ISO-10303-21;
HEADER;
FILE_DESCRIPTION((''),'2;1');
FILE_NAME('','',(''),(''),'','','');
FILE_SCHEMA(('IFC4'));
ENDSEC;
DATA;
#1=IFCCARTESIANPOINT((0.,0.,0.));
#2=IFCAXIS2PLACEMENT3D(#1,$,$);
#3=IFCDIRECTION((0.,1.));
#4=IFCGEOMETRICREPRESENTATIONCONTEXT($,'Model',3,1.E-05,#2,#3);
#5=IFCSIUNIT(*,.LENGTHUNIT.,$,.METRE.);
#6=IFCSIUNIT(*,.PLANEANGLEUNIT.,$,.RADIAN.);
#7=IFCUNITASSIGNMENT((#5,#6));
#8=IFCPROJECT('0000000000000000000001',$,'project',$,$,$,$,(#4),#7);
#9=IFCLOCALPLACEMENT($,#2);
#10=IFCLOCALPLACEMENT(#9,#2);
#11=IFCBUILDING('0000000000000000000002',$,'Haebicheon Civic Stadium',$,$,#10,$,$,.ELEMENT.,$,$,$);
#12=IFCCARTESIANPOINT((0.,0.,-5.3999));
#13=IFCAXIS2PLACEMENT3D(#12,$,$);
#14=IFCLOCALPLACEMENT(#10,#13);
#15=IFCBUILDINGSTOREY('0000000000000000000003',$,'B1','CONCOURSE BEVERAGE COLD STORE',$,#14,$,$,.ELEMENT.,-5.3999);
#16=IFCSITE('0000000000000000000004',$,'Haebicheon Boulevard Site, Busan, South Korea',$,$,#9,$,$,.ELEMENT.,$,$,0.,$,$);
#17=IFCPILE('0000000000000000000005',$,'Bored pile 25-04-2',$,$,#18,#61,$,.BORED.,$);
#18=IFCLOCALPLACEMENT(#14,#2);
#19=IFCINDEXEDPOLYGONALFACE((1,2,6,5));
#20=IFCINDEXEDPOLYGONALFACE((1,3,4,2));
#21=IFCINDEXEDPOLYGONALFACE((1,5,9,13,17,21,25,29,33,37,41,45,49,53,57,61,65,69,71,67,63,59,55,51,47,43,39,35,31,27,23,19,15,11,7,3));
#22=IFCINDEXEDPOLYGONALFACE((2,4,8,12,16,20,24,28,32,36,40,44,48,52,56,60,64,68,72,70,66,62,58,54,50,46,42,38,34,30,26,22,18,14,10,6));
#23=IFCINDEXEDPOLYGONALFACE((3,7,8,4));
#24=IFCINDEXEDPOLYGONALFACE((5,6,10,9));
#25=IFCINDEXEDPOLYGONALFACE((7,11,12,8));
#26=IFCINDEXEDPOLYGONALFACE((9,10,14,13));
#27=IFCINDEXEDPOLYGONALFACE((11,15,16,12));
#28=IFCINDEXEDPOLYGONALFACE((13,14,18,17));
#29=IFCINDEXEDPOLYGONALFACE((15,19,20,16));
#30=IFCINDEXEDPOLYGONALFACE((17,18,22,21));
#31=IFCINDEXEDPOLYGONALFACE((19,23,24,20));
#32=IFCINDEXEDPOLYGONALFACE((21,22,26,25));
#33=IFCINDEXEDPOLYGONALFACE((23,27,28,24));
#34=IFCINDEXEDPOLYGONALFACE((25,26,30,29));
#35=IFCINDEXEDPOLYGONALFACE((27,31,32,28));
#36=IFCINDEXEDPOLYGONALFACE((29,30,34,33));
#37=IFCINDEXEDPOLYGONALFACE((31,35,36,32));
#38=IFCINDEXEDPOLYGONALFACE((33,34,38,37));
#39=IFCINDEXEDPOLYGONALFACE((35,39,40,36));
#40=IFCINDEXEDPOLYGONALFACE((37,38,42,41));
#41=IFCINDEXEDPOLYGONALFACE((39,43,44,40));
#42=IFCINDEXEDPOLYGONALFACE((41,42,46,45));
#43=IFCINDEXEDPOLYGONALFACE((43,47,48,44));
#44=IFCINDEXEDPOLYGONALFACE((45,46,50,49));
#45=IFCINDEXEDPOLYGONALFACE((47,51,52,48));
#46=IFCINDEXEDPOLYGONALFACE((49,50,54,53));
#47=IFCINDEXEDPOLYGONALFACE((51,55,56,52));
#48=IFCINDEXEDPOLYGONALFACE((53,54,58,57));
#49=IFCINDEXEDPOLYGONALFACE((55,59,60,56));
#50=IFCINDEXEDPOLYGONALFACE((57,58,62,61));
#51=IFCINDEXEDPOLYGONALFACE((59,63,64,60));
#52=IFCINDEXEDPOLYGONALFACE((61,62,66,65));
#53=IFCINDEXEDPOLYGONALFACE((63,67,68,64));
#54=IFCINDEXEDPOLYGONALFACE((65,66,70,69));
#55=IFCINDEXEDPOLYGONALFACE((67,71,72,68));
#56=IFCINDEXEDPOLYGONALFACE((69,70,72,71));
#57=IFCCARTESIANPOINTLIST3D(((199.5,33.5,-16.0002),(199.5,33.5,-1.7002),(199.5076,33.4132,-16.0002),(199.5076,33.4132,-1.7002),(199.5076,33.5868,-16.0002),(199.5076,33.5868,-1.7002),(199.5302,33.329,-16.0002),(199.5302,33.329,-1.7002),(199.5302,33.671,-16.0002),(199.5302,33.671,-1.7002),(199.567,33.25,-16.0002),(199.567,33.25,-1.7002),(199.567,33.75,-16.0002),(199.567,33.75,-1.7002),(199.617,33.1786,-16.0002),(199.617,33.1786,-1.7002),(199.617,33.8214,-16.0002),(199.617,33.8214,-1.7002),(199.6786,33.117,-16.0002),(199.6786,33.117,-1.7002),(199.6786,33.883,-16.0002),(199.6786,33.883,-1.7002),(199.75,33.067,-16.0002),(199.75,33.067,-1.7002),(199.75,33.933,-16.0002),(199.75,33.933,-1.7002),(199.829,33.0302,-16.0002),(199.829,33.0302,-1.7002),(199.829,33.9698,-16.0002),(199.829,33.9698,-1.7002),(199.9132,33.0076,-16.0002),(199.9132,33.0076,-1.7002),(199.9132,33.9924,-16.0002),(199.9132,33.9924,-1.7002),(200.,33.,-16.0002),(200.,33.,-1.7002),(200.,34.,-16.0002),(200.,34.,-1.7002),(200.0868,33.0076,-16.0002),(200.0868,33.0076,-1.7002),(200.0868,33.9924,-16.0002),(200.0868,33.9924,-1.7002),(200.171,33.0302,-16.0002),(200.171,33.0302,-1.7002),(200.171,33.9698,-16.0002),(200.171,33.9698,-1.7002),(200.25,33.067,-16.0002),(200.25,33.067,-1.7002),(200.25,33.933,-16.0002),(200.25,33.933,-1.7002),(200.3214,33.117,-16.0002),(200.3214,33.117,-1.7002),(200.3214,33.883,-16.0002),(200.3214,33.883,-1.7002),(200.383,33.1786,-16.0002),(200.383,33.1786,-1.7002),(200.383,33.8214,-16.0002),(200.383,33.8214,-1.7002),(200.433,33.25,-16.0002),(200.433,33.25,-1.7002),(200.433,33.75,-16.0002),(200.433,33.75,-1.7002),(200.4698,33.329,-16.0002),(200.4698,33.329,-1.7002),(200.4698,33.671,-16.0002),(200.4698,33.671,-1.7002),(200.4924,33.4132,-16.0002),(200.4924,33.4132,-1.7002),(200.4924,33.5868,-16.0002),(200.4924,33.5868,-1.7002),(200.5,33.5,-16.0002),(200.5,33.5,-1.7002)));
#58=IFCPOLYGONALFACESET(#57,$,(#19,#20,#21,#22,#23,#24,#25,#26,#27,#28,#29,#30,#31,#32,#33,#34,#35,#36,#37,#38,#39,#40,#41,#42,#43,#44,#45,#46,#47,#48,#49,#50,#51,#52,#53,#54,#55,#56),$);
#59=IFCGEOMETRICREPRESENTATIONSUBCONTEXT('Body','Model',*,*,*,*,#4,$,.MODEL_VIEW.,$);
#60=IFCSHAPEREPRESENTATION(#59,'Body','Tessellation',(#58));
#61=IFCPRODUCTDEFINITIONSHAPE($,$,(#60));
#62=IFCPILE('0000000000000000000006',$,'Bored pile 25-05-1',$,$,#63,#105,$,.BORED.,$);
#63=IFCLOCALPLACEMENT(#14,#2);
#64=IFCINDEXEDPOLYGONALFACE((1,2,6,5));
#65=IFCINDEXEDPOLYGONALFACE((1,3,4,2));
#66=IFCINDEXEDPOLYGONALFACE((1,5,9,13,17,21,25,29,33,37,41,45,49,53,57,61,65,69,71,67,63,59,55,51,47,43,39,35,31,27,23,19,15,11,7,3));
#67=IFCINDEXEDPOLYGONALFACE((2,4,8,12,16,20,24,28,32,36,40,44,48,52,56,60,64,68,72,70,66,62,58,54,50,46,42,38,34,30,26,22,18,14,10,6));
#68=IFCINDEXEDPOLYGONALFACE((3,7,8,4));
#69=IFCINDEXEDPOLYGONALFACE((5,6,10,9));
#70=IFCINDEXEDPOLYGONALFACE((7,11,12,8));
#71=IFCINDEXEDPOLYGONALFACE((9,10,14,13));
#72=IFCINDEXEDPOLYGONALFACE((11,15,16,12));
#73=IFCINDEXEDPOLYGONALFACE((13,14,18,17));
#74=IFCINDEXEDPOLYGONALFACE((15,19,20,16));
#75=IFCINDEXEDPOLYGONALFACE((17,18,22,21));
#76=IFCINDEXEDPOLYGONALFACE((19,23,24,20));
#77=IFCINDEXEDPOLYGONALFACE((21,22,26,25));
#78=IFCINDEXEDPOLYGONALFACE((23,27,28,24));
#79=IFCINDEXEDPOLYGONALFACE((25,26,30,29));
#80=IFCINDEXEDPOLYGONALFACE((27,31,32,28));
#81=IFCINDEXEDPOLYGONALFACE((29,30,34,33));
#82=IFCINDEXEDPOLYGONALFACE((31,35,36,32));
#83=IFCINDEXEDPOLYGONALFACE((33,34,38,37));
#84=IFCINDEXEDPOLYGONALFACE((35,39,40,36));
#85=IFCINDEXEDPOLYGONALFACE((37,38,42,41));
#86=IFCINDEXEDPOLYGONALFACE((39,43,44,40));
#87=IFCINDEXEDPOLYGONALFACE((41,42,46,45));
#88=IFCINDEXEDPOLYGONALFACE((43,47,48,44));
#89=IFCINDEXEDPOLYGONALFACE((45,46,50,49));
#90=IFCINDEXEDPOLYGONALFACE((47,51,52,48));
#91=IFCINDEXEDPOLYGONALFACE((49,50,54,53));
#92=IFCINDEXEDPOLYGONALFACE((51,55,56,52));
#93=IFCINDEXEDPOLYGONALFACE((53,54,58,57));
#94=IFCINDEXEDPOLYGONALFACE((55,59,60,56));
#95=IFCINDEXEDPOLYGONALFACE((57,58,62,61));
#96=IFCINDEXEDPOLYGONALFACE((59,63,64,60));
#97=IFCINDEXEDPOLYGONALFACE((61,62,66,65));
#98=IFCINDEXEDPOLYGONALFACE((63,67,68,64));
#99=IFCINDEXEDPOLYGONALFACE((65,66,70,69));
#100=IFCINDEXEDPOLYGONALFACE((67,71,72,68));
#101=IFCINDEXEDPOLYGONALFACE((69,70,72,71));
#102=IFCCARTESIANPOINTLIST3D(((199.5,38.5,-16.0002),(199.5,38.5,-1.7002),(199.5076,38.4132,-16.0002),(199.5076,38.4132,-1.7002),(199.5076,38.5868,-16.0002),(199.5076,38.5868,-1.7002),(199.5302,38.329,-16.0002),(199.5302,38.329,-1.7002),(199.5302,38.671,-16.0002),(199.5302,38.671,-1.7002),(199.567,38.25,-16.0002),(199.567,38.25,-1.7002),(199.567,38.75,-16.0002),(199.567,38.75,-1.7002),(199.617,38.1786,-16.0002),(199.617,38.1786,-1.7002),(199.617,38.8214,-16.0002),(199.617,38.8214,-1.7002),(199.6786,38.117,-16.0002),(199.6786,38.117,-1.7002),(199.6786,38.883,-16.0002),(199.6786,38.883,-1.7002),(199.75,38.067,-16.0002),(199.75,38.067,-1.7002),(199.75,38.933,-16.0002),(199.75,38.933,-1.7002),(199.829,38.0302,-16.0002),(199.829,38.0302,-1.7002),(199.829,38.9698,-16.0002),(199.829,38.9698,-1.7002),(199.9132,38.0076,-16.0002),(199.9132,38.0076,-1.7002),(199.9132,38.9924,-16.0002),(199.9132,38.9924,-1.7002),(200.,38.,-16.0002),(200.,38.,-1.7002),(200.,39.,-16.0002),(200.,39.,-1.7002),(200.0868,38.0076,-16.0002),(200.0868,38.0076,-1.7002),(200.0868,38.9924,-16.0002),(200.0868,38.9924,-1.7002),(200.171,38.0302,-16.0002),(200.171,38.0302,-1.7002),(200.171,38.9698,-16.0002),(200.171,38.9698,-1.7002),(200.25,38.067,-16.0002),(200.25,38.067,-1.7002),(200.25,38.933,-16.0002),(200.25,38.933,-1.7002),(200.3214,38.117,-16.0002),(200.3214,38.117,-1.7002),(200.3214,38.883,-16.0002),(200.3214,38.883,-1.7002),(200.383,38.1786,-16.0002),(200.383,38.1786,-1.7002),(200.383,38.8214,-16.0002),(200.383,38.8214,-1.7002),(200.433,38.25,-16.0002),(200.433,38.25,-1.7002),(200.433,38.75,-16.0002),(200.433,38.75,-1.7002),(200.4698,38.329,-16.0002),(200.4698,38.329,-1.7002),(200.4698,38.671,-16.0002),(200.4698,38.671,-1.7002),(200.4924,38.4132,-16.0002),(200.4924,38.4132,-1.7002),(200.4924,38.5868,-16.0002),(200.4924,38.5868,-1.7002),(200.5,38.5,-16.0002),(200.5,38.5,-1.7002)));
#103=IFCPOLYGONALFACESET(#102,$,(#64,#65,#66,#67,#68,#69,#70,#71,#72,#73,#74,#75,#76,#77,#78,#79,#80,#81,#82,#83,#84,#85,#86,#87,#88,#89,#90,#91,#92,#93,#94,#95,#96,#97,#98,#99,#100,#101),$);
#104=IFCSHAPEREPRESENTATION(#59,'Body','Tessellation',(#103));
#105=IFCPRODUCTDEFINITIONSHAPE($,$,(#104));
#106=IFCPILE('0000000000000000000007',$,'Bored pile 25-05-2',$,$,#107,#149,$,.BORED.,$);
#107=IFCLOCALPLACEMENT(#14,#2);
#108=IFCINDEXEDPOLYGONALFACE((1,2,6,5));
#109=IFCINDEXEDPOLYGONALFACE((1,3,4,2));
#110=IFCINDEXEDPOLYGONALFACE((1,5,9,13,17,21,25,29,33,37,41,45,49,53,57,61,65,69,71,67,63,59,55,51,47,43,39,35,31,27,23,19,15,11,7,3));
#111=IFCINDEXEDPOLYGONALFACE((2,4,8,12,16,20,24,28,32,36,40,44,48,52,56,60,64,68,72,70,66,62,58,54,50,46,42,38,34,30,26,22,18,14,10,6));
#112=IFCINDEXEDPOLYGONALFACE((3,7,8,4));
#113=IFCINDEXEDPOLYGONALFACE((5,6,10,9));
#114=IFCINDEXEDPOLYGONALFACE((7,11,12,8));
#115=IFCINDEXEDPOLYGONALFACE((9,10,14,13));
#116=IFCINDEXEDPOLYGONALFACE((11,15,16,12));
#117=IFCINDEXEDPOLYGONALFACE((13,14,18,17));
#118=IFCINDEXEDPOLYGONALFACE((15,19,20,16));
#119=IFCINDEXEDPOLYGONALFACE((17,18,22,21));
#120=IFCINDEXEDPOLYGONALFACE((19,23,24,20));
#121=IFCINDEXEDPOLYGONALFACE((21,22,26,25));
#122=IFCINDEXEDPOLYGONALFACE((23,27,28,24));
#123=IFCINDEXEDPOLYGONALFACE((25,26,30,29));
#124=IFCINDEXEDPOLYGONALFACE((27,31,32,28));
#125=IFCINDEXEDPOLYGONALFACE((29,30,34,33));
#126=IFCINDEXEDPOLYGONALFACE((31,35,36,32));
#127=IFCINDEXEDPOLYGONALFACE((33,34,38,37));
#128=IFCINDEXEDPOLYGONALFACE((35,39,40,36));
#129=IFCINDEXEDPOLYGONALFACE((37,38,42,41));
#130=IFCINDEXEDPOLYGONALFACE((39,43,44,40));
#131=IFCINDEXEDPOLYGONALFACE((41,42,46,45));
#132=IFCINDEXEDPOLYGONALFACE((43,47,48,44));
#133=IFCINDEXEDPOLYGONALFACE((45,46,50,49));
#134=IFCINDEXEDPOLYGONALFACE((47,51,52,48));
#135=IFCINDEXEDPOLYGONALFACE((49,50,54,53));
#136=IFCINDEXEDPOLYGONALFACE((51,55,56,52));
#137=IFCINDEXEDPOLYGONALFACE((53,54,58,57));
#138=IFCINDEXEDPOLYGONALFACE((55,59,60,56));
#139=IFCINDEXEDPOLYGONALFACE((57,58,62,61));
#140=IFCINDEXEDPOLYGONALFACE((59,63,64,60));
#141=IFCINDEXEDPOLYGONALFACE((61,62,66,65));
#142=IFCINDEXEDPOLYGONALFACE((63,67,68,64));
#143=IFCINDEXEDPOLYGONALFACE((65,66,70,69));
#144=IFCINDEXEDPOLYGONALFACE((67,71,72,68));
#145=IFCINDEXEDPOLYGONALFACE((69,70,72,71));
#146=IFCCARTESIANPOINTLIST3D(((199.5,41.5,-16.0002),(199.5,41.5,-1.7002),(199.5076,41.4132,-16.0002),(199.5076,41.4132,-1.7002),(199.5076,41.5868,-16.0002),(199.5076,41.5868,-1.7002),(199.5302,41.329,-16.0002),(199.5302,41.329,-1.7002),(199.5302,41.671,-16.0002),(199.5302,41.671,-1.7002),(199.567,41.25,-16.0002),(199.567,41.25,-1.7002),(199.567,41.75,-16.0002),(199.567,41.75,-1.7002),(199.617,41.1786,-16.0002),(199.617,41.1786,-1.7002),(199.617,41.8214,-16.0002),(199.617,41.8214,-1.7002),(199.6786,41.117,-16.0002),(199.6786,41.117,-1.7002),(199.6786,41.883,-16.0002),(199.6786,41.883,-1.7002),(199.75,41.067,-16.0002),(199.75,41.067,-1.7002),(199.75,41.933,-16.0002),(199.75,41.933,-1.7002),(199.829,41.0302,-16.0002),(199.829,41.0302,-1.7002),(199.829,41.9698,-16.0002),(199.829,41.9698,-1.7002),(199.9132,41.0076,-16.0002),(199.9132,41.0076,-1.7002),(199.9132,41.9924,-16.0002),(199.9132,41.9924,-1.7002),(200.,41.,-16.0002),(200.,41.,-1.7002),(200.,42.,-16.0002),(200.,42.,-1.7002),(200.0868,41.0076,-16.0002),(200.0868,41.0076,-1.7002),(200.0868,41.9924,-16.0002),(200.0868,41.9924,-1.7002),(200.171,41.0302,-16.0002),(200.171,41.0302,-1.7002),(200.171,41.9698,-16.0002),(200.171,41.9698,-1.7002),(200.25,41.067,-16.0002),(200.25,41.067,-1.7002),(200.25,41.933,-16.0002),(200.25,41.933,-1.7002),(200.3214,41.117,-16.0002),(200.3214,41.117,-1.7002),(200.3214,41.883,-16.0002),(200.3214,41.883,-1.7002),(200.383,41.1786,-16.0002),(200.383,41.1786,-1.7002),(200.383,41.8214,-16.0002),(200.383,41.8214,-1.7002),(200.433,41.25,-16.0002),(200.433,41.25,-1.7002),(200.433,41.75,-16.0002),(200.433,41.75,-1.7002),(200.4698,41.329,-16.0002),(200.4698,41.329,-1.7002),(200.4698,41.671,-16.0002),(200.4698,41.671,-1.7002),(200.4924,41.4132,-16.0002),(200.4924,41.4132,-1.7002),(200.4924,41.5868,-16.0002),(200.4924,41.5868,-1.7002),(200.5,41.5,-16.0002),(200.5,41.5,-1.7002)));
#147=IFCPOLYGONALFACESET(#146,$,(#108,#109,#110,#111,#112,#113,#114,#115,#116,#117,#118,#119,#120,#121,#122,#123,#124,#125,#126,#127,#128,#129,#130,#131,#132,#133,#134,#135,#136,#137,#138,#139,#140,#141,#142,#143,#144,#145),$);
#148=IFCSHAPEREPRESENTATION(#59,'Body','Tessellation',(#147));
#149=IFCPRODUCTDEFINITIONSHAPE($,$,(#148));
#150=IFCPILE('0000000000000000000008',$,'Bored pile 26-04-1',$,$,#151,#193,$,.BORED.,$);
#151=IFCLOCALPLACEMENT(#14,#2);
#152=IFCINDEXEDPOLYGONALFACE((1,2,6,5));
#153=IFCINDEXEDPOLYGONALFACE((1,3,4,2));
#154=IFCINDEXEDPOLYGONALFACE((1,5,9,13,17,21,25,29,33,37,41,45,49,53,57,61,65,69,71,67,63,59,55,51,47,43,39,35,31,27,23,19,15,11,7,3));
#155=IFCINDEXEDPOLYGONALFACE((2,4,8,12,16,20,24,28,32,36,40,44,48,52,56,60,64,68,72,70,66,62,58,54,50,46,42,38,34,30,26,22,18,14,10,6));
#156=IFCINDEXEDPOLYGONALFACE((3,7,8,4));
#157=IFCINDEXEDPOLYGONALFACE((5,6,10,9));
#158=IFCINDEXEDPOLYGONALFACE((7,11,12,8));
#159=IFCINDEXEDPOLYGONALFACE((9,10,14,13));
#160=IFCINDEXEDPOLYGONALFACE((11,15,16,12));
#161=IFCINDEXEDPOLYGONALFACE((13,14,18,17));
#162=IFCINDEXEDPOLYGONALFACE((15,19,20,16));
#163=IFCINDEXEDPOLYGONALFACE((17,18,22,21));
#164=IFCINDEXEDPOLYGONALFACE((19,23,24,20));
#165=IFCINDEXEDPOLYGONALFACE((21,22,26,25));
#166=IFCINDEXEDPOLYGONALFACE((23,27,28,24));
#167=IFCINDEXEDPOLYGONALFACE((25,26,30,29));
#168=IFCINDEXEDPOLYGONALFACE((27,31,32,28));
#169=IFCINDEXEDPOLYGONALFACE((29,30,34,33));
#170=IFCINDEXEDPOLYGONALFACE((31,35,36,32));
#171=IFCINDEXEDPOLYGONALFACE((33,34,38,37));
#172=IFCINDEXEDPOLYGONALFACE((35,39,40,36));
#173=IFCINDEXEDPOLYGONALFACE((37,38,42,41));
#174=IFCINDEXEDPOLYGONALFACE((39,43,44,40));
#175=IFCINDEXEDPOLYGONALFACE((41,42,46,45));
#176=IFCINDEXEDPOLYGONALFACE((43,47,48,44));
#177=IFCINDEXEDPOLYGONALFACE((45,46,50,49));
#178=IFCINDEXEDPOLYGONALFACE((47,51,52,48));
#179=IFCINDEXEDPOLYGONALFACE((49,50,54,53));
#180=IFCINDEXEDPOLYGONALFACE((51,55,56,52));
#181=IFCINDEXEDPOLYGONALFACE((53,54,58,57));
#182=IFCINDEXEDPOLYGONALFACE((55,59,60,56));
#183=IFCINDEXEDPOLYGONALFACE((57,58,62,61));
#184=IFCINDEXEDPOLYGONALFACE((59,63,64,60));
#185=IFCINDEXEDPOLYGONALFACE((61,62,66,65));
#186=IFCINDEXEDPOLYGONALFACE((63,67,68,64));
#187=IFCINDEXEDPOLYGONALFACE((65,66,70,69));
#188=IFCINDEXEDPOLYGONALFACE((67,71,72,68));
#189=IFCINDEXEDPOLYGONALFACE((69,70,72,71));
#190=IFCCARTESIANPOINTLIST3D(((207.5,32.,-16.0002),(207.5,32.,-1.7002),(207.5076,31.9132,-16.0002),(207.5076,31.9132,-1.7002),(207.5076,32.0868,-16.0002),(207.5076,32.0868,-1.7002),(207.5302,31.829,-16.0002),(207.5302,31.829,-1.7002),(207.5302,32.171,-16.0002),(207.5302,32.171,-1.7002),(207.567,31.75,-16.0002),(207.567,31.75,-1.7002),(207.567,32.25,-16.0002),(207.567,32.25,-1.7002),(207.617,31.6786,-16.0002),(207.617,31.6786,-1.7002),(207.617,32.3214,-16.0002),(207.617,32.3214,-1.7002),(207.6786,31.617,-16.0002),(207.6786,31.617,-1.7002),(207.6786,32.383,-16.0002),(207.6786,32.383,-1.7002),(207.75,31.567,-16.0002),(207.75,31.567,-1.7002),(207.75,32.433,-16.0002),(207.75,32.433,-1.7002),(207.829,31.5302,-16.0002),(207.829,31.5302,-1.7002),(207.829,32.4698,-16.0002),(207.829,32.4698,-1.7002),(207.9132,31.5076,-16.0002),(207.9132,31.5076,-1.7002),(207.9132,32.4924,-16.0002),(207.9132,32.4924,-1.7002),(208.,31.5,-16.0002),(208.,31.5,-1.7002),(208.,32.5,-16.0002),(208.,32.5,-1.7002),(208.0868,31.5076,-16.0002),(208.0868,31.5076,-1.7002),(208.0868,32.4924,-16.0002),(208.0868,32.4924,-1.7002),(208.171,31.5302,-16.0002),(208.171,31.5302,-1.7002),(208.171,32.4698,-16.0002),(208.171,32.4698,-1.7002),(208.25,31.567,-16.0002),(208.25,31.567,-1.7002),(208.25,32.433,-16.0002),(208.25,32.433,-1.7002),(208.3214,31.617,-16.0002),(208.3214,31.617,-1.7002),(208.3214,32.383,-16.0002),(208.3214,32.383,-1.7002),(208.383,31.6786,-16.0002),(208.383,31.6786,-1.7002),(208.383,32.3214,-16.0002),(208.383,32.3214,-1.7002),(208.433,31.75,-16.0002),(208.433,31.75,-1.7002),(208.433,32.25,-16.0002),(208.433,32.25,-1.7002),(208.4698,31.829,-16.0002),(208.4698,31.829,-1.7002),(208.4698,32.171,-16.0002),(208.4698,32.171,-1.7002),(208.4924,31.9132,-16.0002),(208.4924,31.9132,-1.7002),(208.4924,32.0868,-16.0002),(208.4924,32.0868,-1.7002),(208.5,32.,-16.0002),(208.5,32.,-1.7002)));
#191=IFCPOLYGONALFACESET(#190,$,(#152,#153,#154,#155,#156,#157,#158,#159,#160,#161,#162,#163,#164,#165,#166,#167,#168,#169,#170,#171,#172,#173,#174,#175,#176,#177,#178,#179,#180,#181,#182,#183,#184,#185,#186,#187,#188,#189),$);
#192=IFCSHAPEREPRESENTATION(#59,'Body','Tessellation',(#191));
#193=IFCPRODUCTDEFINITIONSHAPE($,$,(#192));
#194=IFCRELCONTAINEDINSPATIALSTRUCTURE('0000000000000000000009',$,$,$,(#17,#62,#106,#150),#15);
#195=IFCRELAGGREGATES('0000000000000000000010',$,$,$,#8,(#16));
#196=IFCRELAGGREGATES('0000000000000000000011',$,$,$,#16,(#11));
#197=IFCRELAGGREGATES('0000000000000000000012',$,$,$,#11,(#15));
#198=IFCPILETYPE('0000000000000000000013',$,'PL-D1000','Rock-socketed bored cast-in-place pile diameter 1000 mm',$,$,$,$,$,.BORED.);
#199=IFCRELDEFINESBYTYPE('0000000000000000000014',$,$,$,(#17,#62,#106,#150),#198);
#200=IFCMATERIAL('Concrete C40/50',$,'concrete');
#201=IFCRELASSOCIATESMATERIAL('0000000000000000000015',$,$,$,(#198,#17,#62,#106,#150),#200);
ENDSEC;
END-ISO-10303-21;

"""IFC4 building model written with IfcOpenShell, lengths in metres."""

from ifc_helpers import new_model, si_unit, direction, frame, origin, origin_2d, place, context, subcontext, project, spatial, circle, extrude, material, material_profile, profile_set, type_object, element, save


model = new_model("IFC4")

# Units and contexts
model_context = context("Model", 3, precision=1e-05, world=origin(), true_north=direction((0.0, 1.0)))
body_context = subcontext(model_context, "Body", "Model", "MODEL_VIEW")
ifc_project = project(units=[si_unit("LENGTHUNIT", "METRE"), si_unit("PLANEANGLEUNIT", "RADIAN")], contexts=[model_context])

# Site, building, storey
site_placement = place(None, origin())
site = spatial("IfcSite", under=ifc_project, at=site_placement, Name="Haebicheon Boulevard Site, Busan, South Korea", CompositionType="ELEMENT", RefElevation=0.0)
building_placement = place(site_placement, origin())
building = spatial("IfcBuilding", under=site, at=building_placement, Name="Haebicheon Civic Stadium", CompositionType="ELEMENT")
storey_placement = place(building_placement, frame((0.0, 0.0, -5.3999)))
storey = spatial("IfcBuildingStorey", under=building, at=storey_placement, Name="B1", Description="CONCOURSE BEVERAGE COLD STORE", CompositionType="ELEMENT", Elevation=-5.3999)

# Piles
ifc_material_1 = material(Name="Concrete C40/50", Category="concrete")
ifc_material_profile_1 = material_profile(ifc_material_1, circle(Radius=0.5, at=origin_2d()), Name="PILE-D1000")
ifc_profile_set_1 = profile_set([ifc_material_profile_1], Name="Concrete C40/50")
pile_type = type_object("IfcPileType", Name="PL-D1000", Description="Rock-socketed bored cast-in-place pile diameter 1000 mm", PredefinedType="BORED", material=ifc_profile_set_1)
for number, where, z_axis, x_axis, name in (
    (1, (200.0, 33.5, -1.7002), (0.0, 0.0, -1.0), (1.0, 0.0, 0.0), "Bored pile 25-04-2"),
    (2, (200.0, 38.5, -1.7002), (0.0, 0.0, -1.0), (1.0, 0.0, 0.0), "Bored pile 25-05-1"),
    (3, (200.0, 41.5, -1.7002), (0.0, 0.0, -1.0), (1.0, 0.0, 0.0), "Bored pile 25-05-2"),
    (4, (208.0, 32.0, -1.7002), (0.0, 0.0, -1.0), (1.0, 0.0, 0.0), "Bored pile 26-04-1"),
):
    element("IfcPile", number, at=place(storey_placement, frame(where, z_axis=z_axis, x_axis=x_axis)), inside=storey, type_object=pile_type, material=ifc_profile_set_1, Name=name, PredefinedType="BORED", context=body_context, shape_type="SweptSolid", body=[
        extrude(circle(Radius=0.5, at=origin_2d()), origin(), (0.0, 0.0, 1.0), 14.3),
    ])

save(model, "model.ifc")
